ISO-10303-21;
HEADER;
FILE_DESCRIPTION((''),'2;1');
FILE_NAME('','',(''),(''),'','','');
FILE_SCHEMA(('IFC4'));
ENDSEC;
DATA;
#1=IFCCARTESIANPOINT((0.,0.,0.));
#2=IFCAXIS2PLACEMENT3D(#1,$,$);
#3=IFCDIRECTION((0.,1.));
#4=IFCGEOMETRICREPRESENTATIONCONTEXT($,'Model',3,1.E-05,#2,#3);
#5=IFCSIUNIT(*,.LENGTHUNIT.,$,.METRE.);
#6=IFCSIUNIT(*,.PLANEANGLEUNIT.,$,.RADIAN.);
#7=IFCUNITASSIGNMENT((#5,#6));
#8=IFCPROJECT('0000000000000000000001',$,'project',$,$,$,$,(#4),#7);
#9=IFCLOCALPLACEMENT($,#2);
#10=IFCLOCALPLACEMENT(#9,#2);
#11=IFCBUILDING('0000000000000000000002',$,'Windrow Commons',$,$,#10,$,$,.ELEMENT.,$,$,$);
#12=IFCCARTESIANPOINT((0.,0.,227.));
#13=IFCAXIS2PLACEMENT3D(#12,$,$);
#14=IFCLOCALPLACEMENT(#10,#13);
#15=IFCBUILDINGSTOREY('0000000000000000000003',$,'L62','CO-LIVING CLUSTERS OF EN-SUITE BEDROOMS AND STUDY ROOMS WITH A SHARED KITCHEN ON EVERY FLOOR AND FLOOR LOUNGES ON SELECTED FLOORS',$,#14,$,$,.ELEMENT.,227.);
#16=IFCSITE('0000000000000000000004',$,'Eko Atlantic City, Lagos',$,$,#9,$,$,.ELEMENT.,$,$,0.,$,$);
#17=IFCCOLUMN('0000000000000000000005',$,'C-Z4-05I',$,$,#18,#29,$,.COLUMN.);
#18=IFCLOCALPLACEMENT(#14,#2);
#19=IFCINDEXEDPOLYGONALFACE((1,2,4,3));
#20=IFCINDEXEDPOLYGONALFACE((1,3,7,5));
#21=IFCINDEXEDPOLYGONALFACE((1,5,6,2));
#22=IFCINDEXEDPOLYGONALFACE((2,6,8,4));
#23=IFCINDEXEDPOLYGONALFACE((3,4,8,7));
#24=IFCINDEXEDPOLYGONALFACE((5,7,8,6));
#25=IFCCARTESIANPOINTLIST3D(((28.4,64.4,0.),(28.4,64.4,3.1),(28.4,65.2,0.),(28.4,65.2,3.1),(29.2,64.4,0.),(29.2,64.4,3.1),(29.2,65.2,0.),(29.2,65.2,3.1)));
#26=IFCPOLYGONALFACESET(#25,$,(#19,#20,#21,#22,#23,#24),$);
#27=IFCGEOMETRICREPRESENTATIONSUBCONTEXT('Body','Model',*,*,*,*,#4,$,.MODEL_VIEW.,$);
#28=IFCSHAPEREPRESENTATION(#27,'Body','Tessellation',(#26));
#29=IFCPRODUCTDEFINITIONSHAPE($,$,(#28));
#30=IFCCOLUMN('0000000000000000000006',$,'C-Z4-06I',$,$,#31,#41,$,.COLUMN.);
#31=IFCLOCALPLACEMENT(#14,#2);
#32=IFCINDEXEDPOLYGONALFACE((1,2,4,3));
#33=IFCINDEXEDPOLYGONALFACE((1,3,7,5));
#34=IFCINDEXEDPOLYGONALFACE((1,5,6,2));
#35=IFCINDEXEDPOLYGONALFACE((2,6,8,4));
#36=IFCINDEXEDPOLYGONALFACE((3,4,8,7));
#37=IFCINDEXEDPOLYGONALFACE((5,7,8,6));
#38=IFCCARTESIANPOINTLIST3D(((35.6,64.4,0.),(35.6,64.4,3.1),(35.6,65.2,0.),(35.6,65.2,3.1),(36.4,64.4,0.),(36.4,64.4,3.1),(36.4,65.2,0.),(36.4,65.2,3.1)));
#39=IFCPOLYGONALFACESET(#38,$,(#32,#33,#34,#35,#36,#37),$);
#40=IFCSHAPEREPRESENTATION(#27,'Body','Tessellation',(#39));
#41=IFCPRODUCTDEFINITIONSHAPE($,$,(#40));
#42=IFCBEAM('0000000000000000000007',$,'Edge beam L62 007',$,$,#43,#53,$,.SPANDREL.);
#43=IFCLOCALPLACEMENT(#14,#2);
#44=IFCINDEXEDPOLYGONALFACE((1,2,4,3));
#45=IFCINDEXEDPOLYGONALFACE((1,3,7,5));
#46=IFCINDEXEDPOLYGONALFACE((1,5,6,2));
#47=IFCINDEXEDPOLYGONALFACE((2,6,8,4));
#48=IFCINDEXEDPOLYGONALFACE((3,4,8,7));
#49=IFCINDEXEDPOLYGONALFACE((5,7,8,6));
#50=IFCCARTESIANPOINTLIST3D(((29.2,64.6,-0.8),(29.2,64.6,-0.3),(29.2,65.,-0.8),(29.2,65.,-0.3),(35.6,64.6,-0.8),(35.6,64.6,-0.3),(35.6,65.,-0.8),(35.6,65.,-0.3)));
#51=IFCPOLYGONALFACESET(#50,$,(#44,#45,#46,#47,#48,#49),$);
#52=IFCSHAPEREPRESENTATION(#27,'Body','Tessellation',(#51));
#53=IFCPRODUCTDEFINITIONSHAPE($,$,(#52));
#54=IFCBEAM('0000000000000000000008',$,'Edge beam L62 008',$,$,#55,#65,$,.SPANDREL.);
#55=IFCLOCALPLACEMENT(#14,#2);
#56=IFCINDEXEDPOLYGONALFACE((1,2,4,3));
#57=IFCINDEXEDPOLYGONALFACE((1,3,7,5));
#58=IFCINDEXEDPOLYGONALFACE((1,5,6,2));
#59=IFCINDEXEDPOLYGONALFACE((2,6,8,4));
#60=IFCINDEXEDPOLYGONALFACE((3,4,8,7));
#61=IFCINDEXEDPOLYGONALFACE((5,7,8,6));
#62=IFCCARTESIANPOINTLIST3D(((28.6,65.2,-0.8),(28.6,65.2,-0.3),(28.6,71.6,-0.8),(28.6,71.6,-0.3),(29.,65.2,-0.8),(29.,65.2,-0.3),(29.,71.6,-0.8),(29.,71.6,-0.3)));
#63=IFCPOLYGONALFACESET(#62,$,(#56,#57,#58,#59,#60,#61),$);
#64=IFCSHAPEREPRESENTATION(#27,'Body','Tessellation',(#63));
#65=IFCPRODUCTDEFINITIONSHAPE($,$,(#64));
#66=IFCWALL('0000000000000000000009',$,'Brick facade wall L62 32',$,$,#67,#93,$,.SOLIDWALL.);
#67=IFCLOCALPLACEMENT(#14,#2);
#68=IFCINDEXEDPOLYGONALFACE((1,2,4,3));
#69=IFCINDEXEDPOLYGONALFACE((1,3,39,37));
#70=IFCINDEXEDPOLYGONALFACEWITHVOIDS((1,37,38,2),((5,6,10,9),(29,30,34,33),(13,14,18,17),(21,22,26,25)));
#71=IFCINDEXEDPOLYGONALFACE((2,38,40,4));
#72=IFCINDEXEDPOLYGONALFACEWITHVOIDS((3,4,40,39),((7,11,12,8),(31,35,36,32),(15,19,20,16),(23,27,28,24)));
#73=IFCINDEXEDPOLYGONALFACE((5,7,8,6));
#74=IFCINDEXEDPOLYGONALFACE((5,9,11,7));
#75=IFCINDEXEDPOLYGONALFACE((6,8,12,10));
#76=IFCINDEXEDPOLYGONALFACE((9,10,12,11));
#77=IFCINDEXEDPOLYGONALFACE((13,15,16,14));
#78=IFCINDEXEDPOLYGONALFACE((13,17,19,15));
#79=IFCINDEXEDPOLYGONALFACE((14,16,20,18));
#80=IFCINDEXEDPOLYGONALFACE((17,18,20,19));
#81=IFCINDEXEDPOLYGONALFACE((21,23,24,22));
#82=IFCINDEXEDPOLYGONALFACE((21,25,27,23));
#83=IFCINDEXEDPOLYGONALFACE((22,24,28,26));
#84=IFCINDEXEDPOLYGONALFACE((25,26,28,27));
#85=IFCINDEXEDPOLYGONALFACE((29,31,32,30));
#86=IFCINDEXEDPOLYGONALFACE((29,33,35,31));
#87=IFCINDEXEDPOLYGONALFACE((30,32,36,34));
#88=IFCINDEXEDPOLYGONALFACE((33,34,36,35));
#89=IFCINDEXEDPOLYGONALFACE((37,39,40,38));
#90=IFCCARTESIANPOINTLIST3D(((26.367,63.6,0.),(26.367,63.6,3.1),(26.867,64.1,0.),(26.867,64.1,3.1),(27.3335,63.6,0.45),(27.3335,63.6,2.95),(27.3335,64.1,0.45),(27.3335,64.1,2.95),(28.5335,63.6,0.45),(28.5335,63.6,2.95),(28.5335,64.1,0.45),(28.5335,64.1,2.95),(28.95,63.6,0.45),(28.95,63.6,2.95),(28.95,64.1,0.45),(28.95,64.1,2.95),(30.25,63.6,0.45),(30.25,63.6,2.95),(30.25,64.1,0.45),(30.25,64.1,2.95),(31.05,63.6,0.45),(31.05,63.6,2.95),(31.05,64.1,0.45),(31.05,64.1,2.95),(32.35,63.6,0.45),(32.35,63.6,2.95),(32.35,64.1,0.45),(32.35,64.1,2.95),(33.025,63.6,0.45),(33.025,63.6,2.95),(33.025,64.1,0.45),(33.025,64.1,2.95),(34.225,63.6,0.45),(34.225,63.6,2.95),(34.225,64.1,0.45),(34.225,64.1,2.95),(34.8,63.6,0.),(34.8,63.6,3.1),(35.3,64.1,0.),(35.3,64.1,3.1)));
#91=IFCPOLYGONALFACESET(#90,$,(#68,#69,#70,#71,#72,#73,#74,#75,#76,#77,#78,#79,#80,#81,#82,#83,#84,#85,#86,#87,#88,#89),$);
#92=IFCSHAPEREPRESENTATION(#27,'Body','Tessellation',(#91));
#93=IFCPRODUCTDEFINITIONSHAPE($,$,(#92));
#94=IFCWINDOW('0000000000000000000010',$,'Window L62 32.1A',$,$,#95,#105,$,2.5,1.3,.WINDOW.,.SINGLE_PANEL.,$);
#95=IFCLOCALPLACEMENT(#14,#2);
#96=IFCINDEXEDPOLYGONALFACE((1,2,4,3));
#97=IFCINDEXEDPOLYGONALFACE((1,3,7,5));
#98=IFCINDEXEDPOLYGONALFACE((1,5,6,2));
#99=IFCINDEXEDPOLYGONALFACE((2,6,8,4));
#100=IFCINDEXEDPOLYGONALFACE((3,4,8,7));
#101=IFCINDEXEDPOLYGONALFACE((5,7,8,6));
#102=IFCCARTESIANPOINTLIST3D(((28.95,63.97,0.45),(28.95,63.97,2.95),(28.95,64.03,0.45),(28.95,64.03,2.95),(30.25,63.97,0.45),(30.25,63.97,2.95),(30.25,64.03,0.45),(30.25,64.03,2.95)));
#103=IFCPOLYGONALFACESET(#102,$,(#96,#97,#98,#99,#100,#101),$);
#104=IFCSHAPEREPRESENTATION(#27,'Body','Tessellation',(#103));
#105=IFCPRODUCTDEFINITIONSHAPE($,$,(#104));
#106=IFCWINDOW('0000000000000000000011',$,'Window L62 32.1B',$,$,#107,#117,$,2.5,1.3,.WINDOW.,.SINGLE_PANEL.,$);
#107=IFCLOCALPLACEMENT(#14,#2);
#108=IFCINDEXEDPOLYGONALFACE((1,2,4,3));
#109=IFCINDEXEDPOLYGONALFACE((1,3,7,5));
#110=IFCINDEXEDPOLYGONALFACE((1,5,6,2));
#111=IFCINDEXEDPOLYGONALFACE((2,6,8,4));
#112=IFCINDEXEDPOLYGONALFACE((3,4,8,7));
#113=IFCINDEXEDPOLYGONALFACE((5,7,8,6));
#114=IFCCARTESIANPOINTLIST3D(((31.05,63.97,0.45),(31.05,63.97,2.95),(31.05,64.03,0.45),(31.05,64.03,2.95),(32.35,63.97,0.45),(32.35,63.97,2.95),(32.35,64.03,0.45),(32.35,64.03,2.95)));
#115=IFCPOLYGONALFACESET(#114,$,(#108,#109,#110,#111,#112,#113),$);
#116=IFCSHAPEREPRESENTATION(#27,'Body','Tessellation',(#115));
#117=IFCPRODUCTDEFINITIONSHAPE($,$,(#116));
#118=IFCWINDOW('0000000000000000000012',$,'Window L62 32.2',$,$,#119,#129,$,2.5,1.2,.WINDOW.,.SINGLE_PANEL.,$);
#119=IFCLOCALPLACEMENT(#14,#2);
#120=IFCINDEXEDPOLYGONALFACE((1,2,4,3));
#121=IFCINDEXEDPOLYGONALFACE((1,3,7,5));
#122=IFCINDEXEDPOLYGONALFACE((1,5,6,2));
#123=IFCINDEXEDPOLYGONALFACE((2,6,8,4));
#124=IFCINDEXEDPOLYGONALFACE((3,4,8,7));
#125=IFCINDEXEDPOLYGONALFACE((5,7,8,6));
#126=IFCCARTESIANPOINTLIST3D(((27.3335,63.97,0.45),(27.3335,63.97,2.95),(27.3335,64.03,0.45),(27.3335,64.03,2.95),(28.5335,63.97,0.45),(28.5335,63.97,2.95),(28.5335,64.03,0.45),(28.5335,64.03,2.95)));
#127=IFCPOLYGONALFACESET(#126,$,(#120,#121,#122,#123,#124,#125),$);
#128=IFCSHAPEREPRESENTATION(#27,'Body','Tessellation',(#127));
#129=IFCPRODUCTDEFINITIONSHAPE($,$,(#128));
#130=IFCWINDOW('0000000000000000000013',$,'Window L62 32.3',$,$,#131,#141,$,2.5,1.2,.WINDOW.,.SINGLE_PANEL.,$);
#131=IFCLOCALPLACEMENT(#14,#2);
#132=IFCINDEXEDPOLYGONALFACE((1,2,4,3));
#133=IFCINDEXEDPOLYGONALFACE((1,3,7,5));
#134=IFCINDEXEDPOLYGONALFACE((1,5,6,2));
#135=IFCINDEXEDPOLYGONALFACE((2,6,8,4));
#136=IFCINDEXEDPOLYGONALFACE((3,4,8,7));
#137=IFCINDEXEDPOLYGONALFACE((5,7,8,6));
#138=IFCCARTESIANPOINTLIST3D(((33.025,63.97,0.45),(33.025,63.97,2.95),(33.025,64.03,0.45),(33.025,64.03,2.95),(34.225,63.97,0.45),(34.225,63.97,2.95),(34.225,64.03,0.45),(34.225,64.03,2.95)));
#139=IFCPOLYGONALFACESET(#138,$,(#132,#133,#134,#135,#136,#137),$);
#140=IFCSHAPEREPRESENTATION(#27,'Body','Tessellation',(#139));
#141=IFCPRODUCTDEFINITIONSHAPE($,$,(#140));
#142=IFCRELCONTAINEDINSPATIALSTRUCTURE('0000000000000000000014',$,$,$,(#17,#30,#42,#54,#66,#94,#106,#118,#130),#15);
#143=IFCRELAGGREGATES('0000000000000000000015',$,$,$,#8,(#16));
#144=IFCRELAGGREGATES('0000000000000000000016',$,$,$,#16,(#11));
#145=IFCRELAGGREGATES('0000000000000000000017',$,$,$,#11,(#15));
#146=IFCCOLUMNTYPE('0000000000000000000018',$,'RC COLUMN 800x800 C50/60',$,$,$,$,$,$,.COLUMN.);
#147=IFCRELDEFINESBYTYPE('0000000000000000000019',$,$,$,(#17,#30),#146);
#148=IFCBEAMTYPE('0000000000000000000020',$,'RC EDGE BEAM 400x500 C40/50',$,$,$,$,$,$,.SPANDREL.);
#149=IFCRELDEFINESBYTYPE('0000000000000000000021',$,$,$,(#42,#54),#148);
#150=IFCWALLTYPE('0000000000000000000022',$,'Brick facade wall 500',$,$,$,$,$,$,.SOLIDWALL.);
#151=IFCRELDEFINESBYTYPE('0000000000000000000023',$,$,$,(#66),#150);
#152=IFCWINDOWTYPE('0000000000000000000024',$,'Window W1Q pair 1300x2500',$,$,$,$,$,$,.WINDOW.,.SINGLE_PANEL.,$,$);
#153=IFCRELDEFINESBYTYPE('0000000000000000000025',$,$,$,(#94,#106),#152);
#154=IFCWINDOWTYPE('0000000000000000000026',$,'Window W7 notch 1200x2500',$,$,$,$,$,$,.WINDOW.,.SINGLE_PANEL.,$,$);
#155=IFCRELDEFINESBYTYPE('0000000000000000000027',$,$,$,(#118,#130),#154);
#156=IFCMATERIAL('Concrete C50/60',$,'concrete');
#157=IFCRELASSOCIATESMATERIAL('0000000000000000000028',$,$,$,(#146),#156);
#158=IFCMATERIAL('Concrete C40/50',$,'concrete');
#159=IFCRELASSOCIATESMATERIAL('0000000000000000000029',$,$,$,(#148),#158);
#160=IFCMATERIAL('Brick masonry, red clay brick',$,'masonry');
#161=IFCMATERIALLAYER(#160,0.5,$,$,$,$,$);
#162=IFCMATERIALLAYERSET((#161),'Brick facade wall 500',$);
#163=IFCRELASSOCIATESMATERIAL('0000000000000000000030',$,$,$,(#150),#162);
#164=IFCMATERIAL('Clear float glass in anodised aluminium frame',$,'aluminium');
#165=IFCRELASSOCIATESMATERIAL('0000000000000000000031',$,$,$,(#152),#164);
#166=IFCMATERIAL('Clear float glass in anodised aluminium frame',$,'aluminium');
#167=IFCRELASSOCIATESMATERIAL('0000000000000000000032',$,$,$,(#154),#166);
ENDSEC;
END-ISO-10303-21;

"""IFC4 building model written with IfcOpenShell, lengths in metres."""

from ifc_helpers import new_model, si_unit, direction, frame, frame_2d, origin, origin_2d, place, context, subcontext, project, spatial, polyline, rectangle, outline, extrude, material, layer, layer_set, material_profile, profile_set, type_object, element, fill, save


model = new_model("IFC4")

# Units and contexts
model_context = context("Model", 3, precision=1e-05, world=origin(), true_north=direction((0.0, 1.0)))
body_context = subcontext(model_context, "Body", "Model", "MODEL_VIEW")
ifc_project = project(units=[si_unit("LENGTHUNIT", "METRE"), si_unit("PLANEANGLEUNIT", "RADIAN")], contexts=[model_context])

# Site, building, storey
site_placement = place(None, origin())
site = spatial("IfcSite", under=ifc_project, at=site_placement, Name="Eko Atlantic City, Lagos", CompositionType="ELEMENT", RefElevation=0.0)
building_placement = place(site_placement, origin())
building = spatial("IfcBuilding", under=site, at=building_placement, Name="Windrow Commons", CompositionType="ELEMENT")
storey_placement = place(building_placement, frame((0.0, 0.0, 227.0)))
storey = spatial("IfcBuildingStorey", under=building, at=storey_placement, Name="L62", Description="CO-LIVING CLUSTERS OF EN-SUITE BEDROOMS AND STUDY ROOMS WITH A SHARED KITCHEN ON EVERY FLOOR AND FLOOR LOUNGES ON SELECTED FLOORS", CompositionType="ELEMENT", Elevation=227.0)

# Columns
ifc_material_1 = material(Name="Concrete C50/60", Category="concrete")
ifc_material_profile_1 = material_profile(ifc_material_1, rectangle(XDim=0.8, YDim=0.8, at=origin_2d()))
ifc_profile_set_1 = profile_set([ifc_material_profile_1], Name="Concrete C50/60")
column_type = type_object("IfcColumnType", Name="RC COLUMN 800x800 C50/60", PredefinedType="COLUMN", material=ifc_profile_set_1)
for number, where, z_axis, x_axis, name in (
    (1, (28.8, 64.8, 0.0), (0.0, 0.0, 1.0), (1.0, 0.0, 0.0), "C-Z4-05I"),
    (2, (36.0, 64.8, 0.0), (0.0, 0.0, 1.0), (1.0, 0.0, 0.0), "C-Z4-06I"),
):
    element("IfcColumn", number, at=place(storey_placement, frame(where, z_axis=z_axis, x_axis=x_axis)), inside=storey, type_object=column_type, Name=name, PredefinedType="COLUMN", context=body_context, shape_type="SweptSolid", body=[
        extrude(rectangle(XDim=0.8, YDim=0.8, at=origin_2d()), origin(), (0.0, 0.0, 1.0), 3.1),
    ])

# Beams
ifc_material_2 = material(Name="Concrete C40/50", Category="concrete")
ifc_material_profile_2 = material_profile(ifc_material_2, rectangle(XDim=0.4, YDim=0.5, at=origin_2d()))
ifc_profile_set_2 = profile_set([ifc_material_profile_2], Name="Concrete C40/50")
beam_type = type_object("IfcBeamType", Name="RC EDGE BEAM 400x500 C40/50", PredefinedType="SPANDREL", material=ifc_profile_set_2)
for number, where, z_axis, x_axis, name in (
    (3, (35.6, 64.8, -0.55), (-1.0, 0.0, 0.0), (0.0, -1.0, 0.0), "Edge beam L62 007"),
    (4, (28.8, 65.2, -0.55), (0.0, 1.0, 0.0), (-1.0, 0.0, 0.0), "Edge beam L62 008"),
):
    element("IfcBeam", number, at=place(storey_placement, frame(where, z_axis=z_axis, x_axis=x_axis)), inside=storey, type_object=beam_type, Name=name, PredefinedType="SPANDREL", context=body_context, shape_type="SweptSolid", body=[
        extrude(rectangle(XDim=0.4, YDim=0.5, at=origin_2d()), origin(), (0.0, 0.0, 1.0), 6.4),
    ])

# Wall, openings, windows
ifc_material_3 = material(Name="Brick masonry, red clay brick", Category="masonry")
ifc_layer_1 = layer(ifc_material_3, 0.5)
ifc_layer_set_1 = layer_set([ifc_layer_1], Name="Brick facade wall 500")
wall_type_1 = type_object("IfcWallType", Name="Brick facade wall 500", PredefinedType="SOLIDWALL", material=ifc_layer_set_1)
wall_1_placement = place(storey_placement, frame((26.617, 63.85, 0.0), z_axis=(0.0, 0.0, 1.0), x_axis=(1.0, 0.0, 0.0)))
wall_1 = element("IfcWall", 5, at=wall_1_placement, inside=storey, type_object=wall_type_1, Name="Brick facade wall L62 32", PredefinedType="SOLIDWALL", context=body_context, shape_type="SweptSolid", body=[
    extrude(outline(polyline([(-0.25, -0.25), (8.183, -0.25), (8.683, 0.25), (0.25, 0.25), (-0.25, -0.25)])), origin(), (0.0, 0.0, 1.0), 3.1),
])
opening_1_placement = place(wall_1_placement, frame((2.333, 0.0, 0.45)))
opening_1 = element("IfcOpeningElement", 6, at=opening_1_placement, cuts=wall_1, PredefinedType="OPENING", context=body_context, shape_type="SweptSolid", body=[
    extrude(rectangle(XDim=1.3, YDim=2.5, at=frame_2d((0.65, 1.25))), frame((0.0, 0.26, 0.0), z_axis=(0.0, -1.0, 0.0), x_axis=(1.0, 0.0, 0.0)), (0.0, 0.0, 1.0), 0.52),
])
opening_2_placement = place(wall_1_placement, frame((4.433, 0.0, 0.45)))
opening_2 = element("IfcOpeningElement", 7, at=opening_2_placement, cuts=wall_1, PredefinedType="OPENING", context=body_context, shape_type="SweptSolid", body=[
    extrude(rectangle(XDim=1.3, YDim=2.5, at=frame_2d((0.65, 1.25))), frame((0.0, 0.26, 0.0), z_axis=(0.0, -1.0, 0.0), x_axis=(1.0, 0.0, 0.0)), (0.0, 0.0, 1.0), 0.52),
])
opening_3_placement = place(wall_1_placement, frame((0.7165, 0.0, 0.45)))
opening_3 = element("IfcOpeningElement", 8, at=opening_3_placement, cuts=wall_1, PredefinedType="OPENING", context=body_context, shape_type="SweptSolid", body=[
    extrude(rectangle(XDim=1.2, YDim=2.5, at=frame_2d((0.6, 1.25))), frame((0.0, 0.26, 0.0), z_axis=(0.0, -1.0, 0.0), x_axis=(1.0, 0.0, 0.0)), (0.0, 0.0, 1.0), 0.52),
])
opening_4_placement = place(wall_1_placement, frame((6.408, 0.0, 0.45)))
opening_4 = element("IfcOpeningElement", 9, at=opening_4_placement, cuts=wall_1, PredefinedType="OPENING", context=body_context, shape_type="SweptSolid", body=[
    extrude(rectangle(XDim=1.2, YDim=2.5, at=frame_2d((0.6, 1.25))), frame((0.0, 0.26, 0.0), z_axis=(0.0, -1.0, 0.0), x_axis=(1.0, 0.0, 0.0)), (0.0, 0.0, 1.0), 0.52),
])
ifc_material_4 = material(Name="Clear float glass in anodised aluminium frame", Category="aluminium")
window_type_1 = type_object("IfcWindowType", Name="Window W1Q pair 1300x2500", PartitioningType="SINGLE_PANEL", PredefinedType="WINDOW", material=ifc_material_4)
window_1_placement = place(opening_1_placement, origin())
window_1 = element("IfcWindow", 10, at=window_1_placement, inside=storey, type_object=window_type_1, Name="Window L62 32.1A", OverallHeight=2.5, OverallWidth=1.3, PartitioningType="SINGLE_PANEL", PredefinedType="WINDOW", context=body_context, shape_type="SweptSolid", body=[
    extrude(rectangle(XDim=1.3, YDim=2.5, at=frame_2d((0.65, 1.25))), frame((0.0, 0.18, 0.0), z_axis=(0.0, -1.0, 0.0), x_axis=(1.0, 0.0, 0.0)), (0.0, 0.0, 1.0), 0.06),
])
fill(opening_1, window_1)
window_2_placement = place(opening_2_placement, origin())
window_2 = element("IfcWindow", 11, at=window_2_placement, inside=storey, type_object=window_type_1, Name="Window L62 32.1B", OverallHeight=2.5, OverallWidth=1.3, PartitioningType="SINGLE_PANEL", PredefinedType="WINDOW", context=body_context, shape_type="SweptSolid", body=[
    extrude(rectangle(XDim=1.3, YDim=2.5, at=frame_2d((0.65, 1.25))), frame((0.0, 0.18, 0.0), z_axis=(0.0, -1.0, 0.0), x_axis=(1.0, 0.0, 0.0)), (0.0, 0.0, 1.0), 0.06),
])
fill(opening_2, window_2)
ifc_material_5 = material(Name="Clear float glass in anodised aluminium frame", Category="aluminium")
window_type_2 = type_object("IfcWindowType", Name="Window W7 notch 1200x2500", PartitioningType="SINGLE_PANEL", PredefinedType="WINDOW", material=ifc_material_5)
window_3_placement = place(opening_3_placement, origin())
window_3 = element("IfcWindow", 12, at=window_3_placement, inside=storey, type_object=window_type_2, Name="Window L62 32.2", OverallHeight=2.5, OverallWidth=1.2, PartitioningType="SINGLE_PANEL", PredefinedType="WINDOW", context=body_context, shape_type="SweptSolid", body=[
    extrude(rectangle(XDim=1.2, YDim=2.5, at=frame_2d((0.6, 1.25))), frame((0.0, 0.18, 0.0), z_axis=(0.0, -1.0, 0.0), x_axis=(1.0, 0.0, 0.0)), (0.0, 0.0, 1.0), 0.06),
])
fill(opening_3, window_3)
window_4_placement = place(opening_4_placement, origin())
window_4 = element("IfcWindow", 13, at=window_4_placement, inside=storey, type_object=window_type_2, Name="Window L62 32.3", OverallHeight=2.5, OverallWidth=1.2, PartitioningType="SINGLE_PANEL", PredefinedType="WINDOW", context=body_context, shape_type="SweptSolid", body=[
    extrude(rectangle(XDim=1.2, YDim=2.5, at=frame_2d((0.6, 1.25))), frame((0.0, 0.18, 0.0), z_axis=(0.0, -1.0, 0.0), x_axis=(1.0, 0.0, 0.0)), (0.0, 0.0, 1.0), 0.06),
])
fill(opening_4, window_4)

save(model, "model.ifc")
